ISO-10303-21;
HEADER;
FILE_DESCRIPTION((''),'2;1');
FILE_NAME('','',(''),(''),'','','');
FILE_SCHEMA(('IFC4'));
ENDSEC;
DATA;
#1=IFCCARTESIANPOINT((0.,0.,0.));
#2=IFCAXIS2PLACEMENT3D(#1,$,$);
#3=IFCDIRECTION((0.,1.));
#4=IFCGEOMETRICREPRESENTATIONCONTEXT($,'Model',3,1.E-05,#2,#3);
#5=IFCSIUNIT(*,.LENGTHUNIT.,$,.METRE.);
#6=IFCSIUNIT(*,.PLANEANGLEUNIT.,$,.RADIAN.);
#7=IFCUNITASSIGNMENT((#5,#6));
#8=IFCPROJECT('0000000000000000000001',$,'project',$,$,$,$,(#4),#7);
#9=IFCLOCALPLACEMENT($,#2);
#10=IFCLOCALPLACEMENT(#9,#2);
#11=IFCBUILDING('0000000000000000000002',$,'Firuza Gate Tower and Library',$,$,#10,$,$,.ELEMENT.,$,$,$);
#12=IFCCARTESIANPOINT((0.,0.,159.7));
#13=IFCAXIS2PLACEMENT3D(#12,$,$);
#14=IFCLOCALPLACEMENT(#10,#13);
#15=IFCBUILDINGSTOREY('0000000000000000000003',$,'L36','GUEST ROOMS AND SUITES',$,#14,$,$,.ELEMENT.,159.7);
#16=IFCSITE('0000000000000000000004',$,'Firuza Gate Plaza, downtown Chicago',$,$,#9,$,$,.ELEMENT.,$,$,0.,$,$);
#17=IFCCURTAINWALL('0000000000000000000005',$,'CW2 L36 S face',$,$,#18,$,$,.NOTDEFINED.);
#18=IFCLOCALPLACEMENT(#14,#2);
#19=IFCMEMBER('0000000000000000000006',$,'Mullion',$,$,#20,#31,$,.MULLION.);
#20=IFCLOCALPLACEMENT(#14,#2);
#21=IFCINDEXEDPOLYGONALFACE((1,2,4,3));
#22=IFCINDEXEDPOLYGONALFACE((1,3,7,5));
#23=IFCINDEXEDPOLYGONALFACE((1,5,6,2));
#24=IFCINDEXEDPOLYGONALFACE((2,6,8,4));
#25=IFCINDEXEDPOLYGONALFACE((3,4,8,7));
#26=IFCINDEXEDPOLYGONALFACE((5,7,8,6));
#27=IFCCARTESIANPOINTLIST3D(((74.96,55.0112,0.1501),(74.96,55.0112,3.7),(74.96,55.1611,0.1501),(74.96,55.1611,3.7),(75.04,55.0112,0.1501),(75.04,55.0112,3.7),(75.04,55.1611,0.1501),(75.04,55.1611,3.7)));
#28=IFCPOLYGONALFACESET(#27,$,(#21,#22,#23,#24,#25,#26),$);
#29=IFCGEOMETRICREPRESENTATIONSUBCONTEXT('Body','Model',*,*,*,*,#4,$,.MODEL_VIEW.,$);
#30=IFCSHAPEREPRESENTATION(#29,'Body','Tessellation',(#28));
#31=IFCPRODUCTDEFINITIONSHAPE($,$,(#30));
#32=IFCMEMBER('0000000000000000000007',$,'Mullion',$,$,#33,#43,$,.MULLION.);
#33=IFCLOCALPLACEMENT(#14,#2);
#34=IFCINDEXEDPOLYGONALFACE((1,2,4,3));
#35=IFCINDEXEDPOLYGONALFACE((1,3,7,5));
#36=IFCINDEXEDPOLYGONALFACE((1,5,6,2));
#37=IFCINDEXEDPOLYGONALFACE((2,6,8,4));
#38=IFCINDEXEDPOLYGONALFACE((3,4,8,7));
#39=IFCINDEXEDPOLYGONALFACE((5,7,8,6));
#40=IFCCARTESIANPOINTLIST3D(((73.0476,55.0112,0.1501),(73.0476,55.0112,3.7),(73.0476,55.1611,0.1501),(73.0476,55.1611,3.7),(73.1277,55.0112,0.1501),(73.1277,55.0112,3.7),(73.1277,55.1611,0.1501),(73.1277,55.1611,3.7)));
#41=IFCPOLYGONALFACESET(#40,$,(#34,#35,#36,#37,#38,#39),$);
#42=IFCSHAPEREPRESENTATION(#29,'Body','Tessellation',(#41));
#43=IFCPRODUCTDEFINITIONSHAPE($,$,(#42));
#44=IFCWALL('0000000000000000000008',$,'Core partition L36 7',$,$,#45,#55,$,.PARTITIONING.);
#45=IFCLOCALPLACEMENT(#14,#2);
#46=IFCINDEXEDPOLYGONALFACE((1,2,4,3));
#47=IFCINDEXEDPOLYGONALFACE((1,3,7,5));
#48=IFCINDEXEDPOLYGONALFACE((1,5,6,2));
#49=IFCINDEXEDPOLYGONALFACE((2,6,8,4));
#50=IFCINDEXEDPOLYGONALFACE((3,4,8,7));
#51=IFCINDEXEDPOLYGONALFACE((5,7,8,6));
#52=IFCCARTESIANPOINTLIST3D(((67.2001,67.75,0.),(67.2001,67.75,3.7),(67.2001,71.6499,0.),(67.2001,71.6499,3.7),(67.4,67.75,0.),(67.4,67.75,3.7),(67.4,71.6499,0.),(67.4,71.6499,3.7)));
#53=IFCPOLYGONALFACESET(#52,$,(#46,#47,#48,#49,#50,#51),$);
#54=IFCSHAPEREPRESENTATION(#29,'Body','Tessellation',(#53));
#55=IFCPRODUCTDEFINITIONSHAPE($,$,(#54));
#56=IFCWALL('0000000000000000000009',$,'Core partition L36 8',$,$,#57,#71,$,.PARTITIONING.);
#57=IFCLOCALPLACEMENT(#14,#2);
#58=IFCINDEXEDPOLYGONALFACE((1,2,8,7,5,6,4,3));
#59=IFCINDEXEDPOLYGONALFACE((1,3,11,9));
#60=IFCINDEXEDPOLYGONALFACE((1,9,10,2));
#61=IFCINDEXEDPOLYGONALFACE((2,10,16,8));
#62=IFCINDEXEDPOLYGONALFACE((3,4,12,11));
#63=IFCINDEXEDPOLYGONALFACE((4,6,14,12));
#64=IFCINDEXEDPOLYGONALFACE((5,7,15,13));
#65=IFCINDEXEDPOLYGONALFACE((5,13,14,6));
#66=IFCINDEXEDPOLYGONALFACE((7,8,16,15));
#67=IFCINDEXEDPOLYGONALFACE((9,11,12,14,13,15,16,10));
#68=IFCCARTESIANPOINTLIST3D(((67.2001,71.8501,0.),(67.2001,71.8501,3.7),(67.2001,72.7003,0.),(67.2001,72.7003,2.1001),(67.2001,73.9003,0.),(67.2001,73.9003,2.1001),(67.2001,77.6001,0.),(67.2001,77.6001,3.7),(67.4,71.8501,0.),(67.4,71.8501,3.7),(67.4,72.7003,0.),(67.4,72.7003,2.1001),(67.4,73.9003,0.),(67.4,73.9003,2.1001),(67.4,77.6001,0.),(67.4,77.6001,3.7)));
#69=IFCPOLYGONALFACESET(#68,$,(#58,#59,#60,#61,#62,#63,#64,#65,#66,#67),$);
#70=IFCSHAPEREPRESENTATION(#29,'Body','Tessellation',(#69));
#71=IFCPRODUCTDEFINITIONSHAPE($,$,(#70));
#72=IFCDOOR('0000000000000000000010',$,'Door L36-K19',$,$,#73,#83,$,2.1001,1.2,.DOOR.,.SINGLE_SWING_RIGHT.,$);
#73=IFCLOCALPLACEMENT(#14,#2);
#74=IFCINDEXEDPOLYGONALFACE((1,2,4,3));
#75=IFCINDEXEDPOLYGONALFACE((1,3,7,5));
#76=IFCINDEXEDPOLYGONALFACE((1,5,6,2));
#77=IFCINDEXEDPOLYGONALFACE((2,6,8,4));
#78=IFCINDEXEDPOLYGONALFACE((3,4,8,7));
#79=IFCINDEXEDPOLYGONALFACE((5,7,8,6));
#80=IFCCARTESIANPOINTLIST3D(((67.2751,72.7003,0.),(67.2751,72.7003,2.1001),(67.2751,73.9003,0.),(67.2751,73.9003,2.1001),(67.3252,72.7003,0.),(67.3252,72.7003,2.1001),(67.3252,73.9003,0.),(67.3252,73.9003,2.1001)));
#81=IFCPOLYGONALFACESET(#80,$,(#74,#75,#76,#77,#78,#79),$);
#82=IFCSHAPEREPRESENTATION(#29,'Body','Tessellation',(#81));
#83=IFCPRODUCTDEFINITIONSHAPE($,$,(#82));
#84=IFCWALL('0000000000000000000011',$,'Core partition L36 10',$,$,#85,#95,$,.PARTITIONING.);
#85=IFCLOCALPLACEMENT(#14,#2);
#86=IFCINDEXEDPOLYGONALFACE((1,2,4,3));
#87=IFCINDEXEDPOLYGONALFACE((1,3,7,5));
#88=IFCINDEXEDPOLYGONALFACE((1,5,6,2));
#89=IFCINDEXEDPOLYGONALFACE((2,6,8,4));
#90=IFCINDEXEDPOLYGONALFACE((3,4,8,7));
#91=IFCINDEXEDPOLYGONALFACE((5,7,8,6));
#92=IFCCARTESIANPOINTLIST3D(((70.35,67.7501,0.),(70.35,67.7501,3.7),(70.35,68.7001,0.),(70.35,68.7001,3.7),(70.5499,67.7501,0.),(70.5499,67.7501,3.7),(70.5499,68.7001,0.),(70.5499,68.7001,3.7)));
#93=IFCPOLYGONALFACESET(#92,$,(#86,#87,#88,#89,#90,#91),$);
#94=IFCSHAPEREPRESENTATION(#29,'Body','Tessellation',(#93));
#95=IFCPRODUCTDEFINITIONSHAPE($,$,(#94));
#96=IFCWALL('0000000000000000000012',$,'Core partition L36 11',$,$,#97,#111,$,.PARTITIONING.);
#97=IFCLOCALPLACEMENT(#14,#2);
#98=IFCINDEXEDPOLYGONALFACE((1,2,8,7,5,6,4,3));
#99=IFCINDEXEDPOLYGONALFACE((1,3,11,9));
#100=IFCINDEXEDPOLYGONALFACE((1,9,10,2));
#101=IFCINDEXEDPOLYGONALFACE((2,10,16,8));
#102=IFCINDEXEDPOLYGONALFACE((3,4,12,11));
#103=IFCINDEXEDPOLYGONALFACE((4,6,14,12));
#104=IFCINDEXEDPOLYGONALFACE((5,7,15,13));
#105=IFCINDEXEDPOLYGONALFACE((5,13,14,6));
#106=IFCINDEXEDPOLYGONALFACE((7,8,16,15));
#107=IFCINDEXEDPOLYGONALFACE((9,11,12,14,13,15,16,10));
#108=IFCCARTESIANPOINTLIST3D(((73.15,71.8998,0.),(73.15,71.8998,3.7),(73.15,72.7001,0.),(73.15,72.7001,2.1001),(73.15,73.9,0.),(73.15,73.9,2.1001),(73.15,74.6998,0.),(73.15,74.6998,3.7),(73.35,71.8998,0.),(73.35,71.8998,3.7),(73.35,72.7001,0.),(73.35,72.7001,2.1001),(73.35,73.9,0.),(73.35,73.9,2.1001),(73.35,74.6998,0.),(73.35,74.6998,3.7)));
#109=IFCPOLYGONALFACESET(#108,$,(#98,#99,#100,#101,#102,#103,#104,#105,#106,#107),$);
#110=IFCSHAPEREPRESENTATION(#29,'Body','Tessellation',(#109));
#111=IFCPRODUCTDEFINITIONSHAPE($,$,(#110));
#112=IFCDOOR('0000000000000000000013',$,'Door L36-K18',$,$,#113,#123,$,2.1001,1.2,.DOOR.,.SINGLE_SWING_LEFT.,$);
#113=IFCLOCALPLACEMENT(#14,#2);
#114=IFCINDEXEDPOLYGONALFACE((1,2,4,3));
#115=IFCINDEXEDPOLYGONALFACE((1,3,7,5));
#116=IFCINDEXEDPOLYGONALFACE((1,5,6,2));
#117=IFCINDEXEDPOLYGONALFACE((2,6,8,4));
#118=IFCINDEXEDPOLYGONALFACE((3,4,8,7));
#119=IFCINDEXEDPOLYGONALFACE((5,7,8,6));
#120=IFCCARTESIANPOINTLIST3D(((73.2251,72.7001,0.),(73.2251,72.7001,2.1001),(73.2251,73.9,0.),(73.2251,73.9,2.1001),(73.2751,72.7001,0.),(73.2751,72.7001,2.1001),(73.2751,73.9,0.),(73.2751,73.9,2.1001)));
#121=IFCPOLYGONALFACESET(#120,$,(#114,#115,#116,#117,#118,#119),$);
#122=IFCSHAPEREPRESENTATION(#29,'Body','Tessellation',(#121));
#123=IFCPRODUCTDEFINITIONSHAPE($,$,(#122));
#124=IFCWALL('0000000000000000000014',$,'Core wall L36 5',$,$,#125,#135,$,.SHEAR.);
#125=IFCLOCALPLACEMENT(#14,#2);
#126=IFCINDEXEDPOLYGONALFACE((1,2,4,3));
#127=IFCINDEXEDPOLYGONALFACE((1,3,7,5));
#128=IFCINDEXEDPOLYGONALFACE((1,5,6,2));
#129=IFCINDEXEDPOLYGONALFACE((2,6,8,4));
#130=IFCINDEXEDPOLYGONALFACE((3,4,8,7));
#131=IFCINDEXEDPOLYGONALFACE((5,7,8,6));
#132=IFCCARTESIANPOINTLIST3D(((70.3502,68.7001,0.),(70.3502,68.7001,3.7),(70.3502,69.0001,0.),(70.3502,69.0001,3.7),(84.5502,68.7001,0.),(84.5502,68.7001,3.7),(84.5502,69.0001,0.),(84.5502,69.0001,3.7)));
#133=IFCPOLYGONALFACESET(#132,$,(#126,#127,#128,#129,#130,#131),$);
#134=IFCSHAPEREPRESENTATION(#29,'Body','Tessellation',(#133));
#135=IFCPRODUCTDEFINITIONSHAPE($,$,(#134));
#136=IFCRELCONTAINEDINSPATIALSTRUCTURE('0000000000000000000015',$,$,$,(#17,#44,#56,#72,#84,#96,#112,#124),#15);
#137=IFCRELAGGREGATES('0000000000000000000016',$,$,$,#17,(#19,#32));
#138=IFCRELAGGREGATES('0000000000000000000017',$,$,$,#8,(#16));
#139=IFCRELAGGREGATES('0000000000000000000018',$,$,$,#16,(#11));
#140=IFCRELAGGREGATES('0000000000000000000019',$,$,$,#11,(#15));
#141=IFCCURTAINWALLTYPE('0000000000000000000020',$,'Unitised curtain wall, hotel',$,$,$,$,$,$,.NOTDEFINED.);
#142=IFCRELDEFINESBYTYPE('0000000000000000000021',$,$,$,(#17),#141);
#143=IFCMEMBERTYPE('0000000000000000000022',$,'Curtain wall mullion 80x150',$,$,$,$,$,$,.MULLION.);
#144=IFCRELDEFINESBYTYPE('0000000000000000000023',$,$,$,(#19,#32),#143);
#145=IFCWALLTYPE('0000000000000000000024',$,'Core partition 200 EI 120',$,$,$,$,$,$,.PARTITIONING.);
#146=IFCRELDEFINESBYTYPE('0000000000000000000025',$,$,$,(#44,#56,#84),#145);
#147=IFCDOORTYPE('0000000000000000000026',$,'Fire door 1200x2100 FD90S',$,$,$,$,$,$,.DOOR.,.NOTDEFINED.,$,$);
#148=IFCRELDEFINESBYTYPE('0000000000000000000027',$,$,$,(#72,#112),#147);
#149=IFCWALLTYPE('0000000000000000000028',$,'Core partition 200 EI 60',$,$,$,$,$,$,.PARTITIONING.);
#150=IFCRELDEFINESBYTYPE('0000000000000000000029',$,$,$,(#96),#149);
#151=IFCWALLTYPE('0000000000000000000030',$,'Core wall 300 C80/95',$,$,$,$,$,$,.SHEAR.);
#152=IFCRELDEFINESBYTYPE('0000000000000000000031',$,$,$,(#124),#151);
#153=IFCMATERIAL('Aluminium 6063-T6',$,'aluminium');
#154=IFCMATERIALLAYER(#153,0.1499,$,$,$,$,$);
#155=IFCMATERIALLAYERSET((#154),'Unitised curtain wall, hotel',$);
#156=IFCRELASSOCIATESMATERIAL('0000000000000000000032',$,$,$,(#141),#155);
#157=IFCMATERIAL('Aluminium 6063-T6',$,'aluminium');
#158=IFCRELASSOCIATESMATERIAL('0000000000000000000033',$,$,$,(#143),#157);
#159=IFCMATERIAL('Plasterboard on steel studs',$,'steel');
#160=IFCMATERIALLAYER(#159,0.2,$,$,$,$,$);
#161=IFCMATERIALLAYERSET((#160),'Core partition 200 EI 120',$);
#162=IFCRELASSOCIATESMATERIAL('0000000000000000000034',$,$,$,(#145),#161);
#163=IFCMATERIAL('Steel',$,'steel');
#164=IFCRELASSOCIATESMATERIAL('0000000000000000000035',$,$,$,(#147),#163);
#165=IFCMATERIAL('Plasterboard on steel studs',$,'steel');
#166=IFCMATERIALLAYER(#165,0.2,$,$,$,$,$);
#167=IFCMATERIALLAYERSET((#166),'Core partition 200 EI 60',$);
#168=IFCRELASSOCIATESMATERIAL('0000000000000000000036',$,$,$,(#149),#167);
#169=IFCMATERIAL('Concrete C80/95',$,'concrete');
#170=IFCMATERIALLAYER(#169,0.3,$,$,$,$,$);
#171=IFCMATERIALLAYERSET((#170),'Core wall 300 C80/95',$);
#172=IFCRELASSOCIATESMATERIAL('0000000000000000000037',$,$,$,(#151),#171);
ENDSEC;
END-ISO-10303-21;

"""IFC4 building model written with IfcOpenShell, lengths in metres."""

from ifc_helpers import new_model, si_unit, direction, frame, frame_2d, origin, origin_2d, place, context, subcontext, project, spatial, rectangle, extrude, material, layer, layer_set, material_profile, profile_set, type_object, element, fill, aggregate, save


model = new_model("IFC4")

# Units and contexts
model_context = context("Model", 3, precision=1e-05, world=origin(), true_north=direction((0.0, 1.0)))
body_context = subcontext(model_context, "Body", "Model", "MODEL_VIEW")
ifc_project = project(units=[si_unit("LENGTHUNIT", "METRE"), si_unit("PLANEANGLEUNIT", "RADIAN")], contexts=[model_context])

# Site, building, storey
site_placement = place(None, origin())
site = spatial("IfcSite", under=ifc_project, at=site_placement, Name="Firuza Gate Plaza, downtown Chicago", CompositionType="ELEMENT", RefElevation=0.0)
building_placement = place(site_placement, origin())
building = spatial("IfcBuilding", under=site, at=building_placement, Name="Firuza Gate Tower and Library", CompositionType="ELEMENT")
storey_placement = place(building_placement, frame((0.0, 0.0, 159.7)))
storey = spatial("IfcBuildingStorey", under=building, at=storey_placement, Name="L36", Description="GUEST ROOMS AND SUITES", CompositionType="ELEMENT", Elevation=159.7)

# Curtain wall, members
ifc_material_1 = material(Name="Aluminium 6063-T6", Category="aluminium")
ifc_layer_1 = layer(ifc_material_1, 0.1499)
ifc_layer_set_1 = layer_set([ifc_layer_1], Name="Unitised curtain wall, hotel")
curtain_wall_type = type_object("IfcCurtainWallType", Name="Unitised curtain wall, hotel", PredefinedType="NOTDEFINED", material=ifc_layer_set_1)
curtain_wall_placement = place(storey_placement, origin())
curtain_wall = element("IfcCurtainWall", 1, at=curtain_wall_placement, inside=storey, type_object=curtain_wall_type, Name="CW2 L36 S face", PredefinedType="NOTDEFINED")
ifc_material_2 = material(Name="Aluminium 6063-T6", Category="aluminium")
ifc_material_profile = material_profile(ifc_material_2, rectangle(XDim=0.1499, YDim=0.0801, at=origin_2d()))
ifc_profile_set = profile_set([ifc_material_profile], Name="Aluminium 6063-T6")
member_type = type_object("IfcMemberType", Name="Curtain wall mullion 80x150", PredefinedType="MULLION", material=ifc_profile_set)
member_1_placement = place(storey_placement, frame((75.0, 55.0862, 0.1501), z_axis=(0.0, 0.0, 1.0), x_axis=(0.0, 1.0, 0.0)))
member_1 = element("IfcMember", 2, at=member_1_placement, type_object=member_type, Name="Mullion", PredefinedType="MULLION", context=body_context, shape_type="SweptSolid", body=[
    extrude(rectangle(XDim=0.1499, YDim=0.0801, at=origin_2d()), origin(), (0.0, 0.0, 1.0), 3.5498),
])
member_2_placement = place(storey_placement, frame((73.0876, 55.0862, 0.1501), z_axis=(0.0, 0.0, 1.0), x_axis=(0.0, 1.0, 0.0)))
member_2 = element("IfcMember", 3, at=member_2_placement, type_object=member_type, Name="Mullion", PredefinedType="MULLION", context=body_context, shape_type="SweptSolid", body=[
    extrude(rectangle(XDim=0.1499, YDim=0.0801, at=origin_2d()), origin(), (0.0, 0.0, 1.0), 3.5498),
])
aggregate(curtain_wall, [member_1, member_2])

# Wall
ifc_material_3 = material(Name="Plasterboard on steel studs", Category="steel")
ifc_layer_2 = layer(ifc_material_3, 0.2)
ifc_layer_set_2 = layer_set([ifc_layer_2], Name="Core partition 200 EI 120")
wall_type_1 = type_object("IfcWallType", Name="Core partition 200 EI 120", PredefinedType="PARTITIONING", material=ifc_layer_set_2)
wall_1_placement = place(storey_placement, frame((67.3, 67.75, 0.0), z_axis=(0.0, 0.0, 1.0), x_axis=(0.0, 1.0, 0.0)))
element("IfcWall", 4, at=wall_1_placement, inside=storey, type_object=wall_type_1, Name="Core partition L36 7", PredefinedType="PARTITIONING", context=body_context, shape_type="SweptSolid", body=[
    extrude(rectangle(XDim=3.8999, YDim=0.2, at=frame_2d((1.95, 0.0))), origin(), (0.0, 0.0, 1.0), 3.7),
])

# Wall, opening, door
wall_2_placement = place(storey_placement, frame((67.3, 71.8501, 0.0), z_axis=(0.0, 0.0, 1.0), x_axis=(0.0, 1.0, 0.0)))
wall_2 = element("IfcWall", 5, at=wall_2_placement, inside=storey, type_object=wall_type_1, Name="Core partition L36 8", PredefinedType="PARTITIONING", context=body_context, shape_type="SweptSolid", body=[
    extrude(rectangle(XDim=5.75, YDim=0.2, at=frame_2d((2.875, 0.0))), origin(), (0.0, 0.0, 1.0), 3.7),
])
opening_1_placement = place(wall_2_placement, frame((0.8501, 0.0, 0.0)))
opening_1 = element("IfcOpeningElement", 6, at=opening_1_placement, cuts=wall_2, PredefinedType="OPENING", context=body_context, shape_type="SweptSolid", body=[
    extrude(rectangle(XDim=1.2, YDim=2.1001, at=frame_2d((0.6001, 1.05))), frame((0.0, 0.1099, 0.0), z_axis=(0.0, -1.0, 0.0), x_axis=(1.0, 0.0, 0.0)), (0.0, 0.0, 1.0), 0.22),
])
ifc_material_4 = material(Name="Steel", Category="steel")
door_type_1 = type_object("IfcDoorType", Name="Fire door 1200x2100 FD90S", OperationType="NOTDEFINED", PredefinedType="DOOR", material=ifc_material_4)
door_1_placement = place(opening_1_placement, origin())
door_1 = element("IfcDoor", 7, at=door_1_placement, inside=storey, type_object=door_type_1, Name="Door L36-K19", OperationType="SINGLE_SWING_RIGHT", OverallHeight=2.1001, OverallWidth=1.2, PredefinedType="DOOR", context=body_context, shape_type="SweptSolid", body=[
    extrude(rectangle(XDim=1.2, YDim=2.1001, at=frame_2d((0.6001, 1.05))), frame((0.0, 0.0249, 0.0), z_axis=(0.0, -1.0, 0.0), x_axis=(1.0, 0.0, 0.0)), (0.0, 0.0, 1.0), 0.05),
])
fill(opening_1, door_1)

# Wall
wall_3_placement = place(storey_placement, frame((70.45, 67.75, 0.0), z_axis=(0.0, 0.0, 1.0), x_axis=(0.0, 1.0, 0.0)))
element("IfcWall", 8, at=wall_3_placement, inside=storey, type_object=wall_type_1, Name="Core partition L36 10", PredefinedType="PARTITIONING", context=body_context, shape_type="SweptSolid", body=[
    extrude(rectangle(XDim=0.95, YDim=0.2, at=frame_2d((0.4751, 0.0))), origin(), (0.0, 0.0, 1.0), 3.7),
])

# Wall, opening, door
ifc_material_5 = material(Name="Plasterboard on steel studs", Category="steel")
ifc_layer_3 = layer(ifc_material_5, 0.2)
ifc_layer_set_3 = layer_set([ifc_layer_3], Name="Core partition 200 EI 60")
wall_type_2 = type_object("IfcWallType", Name="Core partition 200 EI 60", PredefinedType="PARTITIONING", material=ifc_layer_set_3)
wall_4_placement = place(storey_placement, frame((73.25, 71.8999, 0.0), z_axis=(0.0, 0.0, 1.0), x_axis=(0.0, 1.0, 0.0)))
wall_4 = element("IfcWall", 9, at=wall_4_placement, inside=storey, type_object=wall_type_2, Name="Core partition L36 11", PredefinedType="PARTITIONING", context=body_context, shape_type="SweptSolid", body=[
    extrude(rectangle(XDim=2.8, YDim=0.2, at=frame_2d((1.3999, 0.0))), origin(), (0.0, 0.0, 1.0), 3.7),
])
opening_2_placement = place(wall_4_placement, frame((0.8, 0.0, 0.0)))
opening_2 = element("IfcOpeningElement", 10, at=opening_2_placement, cuts=wall_4, PredefinedType="OPENING", context=body_context, shape_type="SweptSolid", body=[
    extrude(rectangle(XDim=1.2, YDim=2.1001, at=frame_2d((0.6001, 1.05))), frame((0.0, 0.1099, 0.0), z_axis=(0.0, -1.0, 0.0), x_axis=(1.0, 0.0, 0.0)), (0.0, 0.0, 1.0), 0.22),
])
door_2_placement = place(opening_2_placement, origin())
door_2 = element("IfcDoor", 11, at=door_2_placement, inside=storey, type_object=door_type_1, Name="Door L36-K18", OperationType="SINGLE_SWING_LEFT", OverallHeight=2.1001, OverallWidth=1.2, PredefinedType="DOOR", context=body_context, shape_type="SweptSolid", body=[
    extrude(rectangle(XDim=1.2, YDim=2.1001, at=frame_2d((0.6001, 1.05))), frame((0.0, 0.0249, 0.0), z_axis=(0.0, -1.0, 0.0), x_axis=(1.0, 0.0, 0.0)), (0.0, 0.0, 1.0), 0.05),
])
fill(opening_2, door_2)

# Wall
ifc_material_6 = material(Name="Concrete C80/95", Category="concrete")
ifc_layer_4 = layer(ifc_material_6, 0.3)
ifc_layer_set_4 = layer_set([ifc_layer_4], Name="Core wall 300 C80/95")
wall_type_3 = type_object("IfcWallType", Name="Core wall 300 C80/95", PredefinedType="SHEAR", material=ifc_layer_set_4)
wall_5_placement = place(storey_placement, frame((70.3501, 68.8501, 0.0), z_axis=(0.0, 0.0, 1.0), x_axis=(1.0, 0.0, 0.0)))
element("IfcWall", 12, at=wall_5_placement, inside=storey, type_object=wall_type_3, Name="Core wall L36 5", PredefinedType="SHEAR", context=body_context, shape_type="SweptSolid", body=[
    extrude(rectangle(XDim=14.2, YDim=0.3, at=frame_2d((7.1001, 0.0))), origin(), (0.0, 0.0, 1.0), 3.7),
])

save(model, "model.ifc")
